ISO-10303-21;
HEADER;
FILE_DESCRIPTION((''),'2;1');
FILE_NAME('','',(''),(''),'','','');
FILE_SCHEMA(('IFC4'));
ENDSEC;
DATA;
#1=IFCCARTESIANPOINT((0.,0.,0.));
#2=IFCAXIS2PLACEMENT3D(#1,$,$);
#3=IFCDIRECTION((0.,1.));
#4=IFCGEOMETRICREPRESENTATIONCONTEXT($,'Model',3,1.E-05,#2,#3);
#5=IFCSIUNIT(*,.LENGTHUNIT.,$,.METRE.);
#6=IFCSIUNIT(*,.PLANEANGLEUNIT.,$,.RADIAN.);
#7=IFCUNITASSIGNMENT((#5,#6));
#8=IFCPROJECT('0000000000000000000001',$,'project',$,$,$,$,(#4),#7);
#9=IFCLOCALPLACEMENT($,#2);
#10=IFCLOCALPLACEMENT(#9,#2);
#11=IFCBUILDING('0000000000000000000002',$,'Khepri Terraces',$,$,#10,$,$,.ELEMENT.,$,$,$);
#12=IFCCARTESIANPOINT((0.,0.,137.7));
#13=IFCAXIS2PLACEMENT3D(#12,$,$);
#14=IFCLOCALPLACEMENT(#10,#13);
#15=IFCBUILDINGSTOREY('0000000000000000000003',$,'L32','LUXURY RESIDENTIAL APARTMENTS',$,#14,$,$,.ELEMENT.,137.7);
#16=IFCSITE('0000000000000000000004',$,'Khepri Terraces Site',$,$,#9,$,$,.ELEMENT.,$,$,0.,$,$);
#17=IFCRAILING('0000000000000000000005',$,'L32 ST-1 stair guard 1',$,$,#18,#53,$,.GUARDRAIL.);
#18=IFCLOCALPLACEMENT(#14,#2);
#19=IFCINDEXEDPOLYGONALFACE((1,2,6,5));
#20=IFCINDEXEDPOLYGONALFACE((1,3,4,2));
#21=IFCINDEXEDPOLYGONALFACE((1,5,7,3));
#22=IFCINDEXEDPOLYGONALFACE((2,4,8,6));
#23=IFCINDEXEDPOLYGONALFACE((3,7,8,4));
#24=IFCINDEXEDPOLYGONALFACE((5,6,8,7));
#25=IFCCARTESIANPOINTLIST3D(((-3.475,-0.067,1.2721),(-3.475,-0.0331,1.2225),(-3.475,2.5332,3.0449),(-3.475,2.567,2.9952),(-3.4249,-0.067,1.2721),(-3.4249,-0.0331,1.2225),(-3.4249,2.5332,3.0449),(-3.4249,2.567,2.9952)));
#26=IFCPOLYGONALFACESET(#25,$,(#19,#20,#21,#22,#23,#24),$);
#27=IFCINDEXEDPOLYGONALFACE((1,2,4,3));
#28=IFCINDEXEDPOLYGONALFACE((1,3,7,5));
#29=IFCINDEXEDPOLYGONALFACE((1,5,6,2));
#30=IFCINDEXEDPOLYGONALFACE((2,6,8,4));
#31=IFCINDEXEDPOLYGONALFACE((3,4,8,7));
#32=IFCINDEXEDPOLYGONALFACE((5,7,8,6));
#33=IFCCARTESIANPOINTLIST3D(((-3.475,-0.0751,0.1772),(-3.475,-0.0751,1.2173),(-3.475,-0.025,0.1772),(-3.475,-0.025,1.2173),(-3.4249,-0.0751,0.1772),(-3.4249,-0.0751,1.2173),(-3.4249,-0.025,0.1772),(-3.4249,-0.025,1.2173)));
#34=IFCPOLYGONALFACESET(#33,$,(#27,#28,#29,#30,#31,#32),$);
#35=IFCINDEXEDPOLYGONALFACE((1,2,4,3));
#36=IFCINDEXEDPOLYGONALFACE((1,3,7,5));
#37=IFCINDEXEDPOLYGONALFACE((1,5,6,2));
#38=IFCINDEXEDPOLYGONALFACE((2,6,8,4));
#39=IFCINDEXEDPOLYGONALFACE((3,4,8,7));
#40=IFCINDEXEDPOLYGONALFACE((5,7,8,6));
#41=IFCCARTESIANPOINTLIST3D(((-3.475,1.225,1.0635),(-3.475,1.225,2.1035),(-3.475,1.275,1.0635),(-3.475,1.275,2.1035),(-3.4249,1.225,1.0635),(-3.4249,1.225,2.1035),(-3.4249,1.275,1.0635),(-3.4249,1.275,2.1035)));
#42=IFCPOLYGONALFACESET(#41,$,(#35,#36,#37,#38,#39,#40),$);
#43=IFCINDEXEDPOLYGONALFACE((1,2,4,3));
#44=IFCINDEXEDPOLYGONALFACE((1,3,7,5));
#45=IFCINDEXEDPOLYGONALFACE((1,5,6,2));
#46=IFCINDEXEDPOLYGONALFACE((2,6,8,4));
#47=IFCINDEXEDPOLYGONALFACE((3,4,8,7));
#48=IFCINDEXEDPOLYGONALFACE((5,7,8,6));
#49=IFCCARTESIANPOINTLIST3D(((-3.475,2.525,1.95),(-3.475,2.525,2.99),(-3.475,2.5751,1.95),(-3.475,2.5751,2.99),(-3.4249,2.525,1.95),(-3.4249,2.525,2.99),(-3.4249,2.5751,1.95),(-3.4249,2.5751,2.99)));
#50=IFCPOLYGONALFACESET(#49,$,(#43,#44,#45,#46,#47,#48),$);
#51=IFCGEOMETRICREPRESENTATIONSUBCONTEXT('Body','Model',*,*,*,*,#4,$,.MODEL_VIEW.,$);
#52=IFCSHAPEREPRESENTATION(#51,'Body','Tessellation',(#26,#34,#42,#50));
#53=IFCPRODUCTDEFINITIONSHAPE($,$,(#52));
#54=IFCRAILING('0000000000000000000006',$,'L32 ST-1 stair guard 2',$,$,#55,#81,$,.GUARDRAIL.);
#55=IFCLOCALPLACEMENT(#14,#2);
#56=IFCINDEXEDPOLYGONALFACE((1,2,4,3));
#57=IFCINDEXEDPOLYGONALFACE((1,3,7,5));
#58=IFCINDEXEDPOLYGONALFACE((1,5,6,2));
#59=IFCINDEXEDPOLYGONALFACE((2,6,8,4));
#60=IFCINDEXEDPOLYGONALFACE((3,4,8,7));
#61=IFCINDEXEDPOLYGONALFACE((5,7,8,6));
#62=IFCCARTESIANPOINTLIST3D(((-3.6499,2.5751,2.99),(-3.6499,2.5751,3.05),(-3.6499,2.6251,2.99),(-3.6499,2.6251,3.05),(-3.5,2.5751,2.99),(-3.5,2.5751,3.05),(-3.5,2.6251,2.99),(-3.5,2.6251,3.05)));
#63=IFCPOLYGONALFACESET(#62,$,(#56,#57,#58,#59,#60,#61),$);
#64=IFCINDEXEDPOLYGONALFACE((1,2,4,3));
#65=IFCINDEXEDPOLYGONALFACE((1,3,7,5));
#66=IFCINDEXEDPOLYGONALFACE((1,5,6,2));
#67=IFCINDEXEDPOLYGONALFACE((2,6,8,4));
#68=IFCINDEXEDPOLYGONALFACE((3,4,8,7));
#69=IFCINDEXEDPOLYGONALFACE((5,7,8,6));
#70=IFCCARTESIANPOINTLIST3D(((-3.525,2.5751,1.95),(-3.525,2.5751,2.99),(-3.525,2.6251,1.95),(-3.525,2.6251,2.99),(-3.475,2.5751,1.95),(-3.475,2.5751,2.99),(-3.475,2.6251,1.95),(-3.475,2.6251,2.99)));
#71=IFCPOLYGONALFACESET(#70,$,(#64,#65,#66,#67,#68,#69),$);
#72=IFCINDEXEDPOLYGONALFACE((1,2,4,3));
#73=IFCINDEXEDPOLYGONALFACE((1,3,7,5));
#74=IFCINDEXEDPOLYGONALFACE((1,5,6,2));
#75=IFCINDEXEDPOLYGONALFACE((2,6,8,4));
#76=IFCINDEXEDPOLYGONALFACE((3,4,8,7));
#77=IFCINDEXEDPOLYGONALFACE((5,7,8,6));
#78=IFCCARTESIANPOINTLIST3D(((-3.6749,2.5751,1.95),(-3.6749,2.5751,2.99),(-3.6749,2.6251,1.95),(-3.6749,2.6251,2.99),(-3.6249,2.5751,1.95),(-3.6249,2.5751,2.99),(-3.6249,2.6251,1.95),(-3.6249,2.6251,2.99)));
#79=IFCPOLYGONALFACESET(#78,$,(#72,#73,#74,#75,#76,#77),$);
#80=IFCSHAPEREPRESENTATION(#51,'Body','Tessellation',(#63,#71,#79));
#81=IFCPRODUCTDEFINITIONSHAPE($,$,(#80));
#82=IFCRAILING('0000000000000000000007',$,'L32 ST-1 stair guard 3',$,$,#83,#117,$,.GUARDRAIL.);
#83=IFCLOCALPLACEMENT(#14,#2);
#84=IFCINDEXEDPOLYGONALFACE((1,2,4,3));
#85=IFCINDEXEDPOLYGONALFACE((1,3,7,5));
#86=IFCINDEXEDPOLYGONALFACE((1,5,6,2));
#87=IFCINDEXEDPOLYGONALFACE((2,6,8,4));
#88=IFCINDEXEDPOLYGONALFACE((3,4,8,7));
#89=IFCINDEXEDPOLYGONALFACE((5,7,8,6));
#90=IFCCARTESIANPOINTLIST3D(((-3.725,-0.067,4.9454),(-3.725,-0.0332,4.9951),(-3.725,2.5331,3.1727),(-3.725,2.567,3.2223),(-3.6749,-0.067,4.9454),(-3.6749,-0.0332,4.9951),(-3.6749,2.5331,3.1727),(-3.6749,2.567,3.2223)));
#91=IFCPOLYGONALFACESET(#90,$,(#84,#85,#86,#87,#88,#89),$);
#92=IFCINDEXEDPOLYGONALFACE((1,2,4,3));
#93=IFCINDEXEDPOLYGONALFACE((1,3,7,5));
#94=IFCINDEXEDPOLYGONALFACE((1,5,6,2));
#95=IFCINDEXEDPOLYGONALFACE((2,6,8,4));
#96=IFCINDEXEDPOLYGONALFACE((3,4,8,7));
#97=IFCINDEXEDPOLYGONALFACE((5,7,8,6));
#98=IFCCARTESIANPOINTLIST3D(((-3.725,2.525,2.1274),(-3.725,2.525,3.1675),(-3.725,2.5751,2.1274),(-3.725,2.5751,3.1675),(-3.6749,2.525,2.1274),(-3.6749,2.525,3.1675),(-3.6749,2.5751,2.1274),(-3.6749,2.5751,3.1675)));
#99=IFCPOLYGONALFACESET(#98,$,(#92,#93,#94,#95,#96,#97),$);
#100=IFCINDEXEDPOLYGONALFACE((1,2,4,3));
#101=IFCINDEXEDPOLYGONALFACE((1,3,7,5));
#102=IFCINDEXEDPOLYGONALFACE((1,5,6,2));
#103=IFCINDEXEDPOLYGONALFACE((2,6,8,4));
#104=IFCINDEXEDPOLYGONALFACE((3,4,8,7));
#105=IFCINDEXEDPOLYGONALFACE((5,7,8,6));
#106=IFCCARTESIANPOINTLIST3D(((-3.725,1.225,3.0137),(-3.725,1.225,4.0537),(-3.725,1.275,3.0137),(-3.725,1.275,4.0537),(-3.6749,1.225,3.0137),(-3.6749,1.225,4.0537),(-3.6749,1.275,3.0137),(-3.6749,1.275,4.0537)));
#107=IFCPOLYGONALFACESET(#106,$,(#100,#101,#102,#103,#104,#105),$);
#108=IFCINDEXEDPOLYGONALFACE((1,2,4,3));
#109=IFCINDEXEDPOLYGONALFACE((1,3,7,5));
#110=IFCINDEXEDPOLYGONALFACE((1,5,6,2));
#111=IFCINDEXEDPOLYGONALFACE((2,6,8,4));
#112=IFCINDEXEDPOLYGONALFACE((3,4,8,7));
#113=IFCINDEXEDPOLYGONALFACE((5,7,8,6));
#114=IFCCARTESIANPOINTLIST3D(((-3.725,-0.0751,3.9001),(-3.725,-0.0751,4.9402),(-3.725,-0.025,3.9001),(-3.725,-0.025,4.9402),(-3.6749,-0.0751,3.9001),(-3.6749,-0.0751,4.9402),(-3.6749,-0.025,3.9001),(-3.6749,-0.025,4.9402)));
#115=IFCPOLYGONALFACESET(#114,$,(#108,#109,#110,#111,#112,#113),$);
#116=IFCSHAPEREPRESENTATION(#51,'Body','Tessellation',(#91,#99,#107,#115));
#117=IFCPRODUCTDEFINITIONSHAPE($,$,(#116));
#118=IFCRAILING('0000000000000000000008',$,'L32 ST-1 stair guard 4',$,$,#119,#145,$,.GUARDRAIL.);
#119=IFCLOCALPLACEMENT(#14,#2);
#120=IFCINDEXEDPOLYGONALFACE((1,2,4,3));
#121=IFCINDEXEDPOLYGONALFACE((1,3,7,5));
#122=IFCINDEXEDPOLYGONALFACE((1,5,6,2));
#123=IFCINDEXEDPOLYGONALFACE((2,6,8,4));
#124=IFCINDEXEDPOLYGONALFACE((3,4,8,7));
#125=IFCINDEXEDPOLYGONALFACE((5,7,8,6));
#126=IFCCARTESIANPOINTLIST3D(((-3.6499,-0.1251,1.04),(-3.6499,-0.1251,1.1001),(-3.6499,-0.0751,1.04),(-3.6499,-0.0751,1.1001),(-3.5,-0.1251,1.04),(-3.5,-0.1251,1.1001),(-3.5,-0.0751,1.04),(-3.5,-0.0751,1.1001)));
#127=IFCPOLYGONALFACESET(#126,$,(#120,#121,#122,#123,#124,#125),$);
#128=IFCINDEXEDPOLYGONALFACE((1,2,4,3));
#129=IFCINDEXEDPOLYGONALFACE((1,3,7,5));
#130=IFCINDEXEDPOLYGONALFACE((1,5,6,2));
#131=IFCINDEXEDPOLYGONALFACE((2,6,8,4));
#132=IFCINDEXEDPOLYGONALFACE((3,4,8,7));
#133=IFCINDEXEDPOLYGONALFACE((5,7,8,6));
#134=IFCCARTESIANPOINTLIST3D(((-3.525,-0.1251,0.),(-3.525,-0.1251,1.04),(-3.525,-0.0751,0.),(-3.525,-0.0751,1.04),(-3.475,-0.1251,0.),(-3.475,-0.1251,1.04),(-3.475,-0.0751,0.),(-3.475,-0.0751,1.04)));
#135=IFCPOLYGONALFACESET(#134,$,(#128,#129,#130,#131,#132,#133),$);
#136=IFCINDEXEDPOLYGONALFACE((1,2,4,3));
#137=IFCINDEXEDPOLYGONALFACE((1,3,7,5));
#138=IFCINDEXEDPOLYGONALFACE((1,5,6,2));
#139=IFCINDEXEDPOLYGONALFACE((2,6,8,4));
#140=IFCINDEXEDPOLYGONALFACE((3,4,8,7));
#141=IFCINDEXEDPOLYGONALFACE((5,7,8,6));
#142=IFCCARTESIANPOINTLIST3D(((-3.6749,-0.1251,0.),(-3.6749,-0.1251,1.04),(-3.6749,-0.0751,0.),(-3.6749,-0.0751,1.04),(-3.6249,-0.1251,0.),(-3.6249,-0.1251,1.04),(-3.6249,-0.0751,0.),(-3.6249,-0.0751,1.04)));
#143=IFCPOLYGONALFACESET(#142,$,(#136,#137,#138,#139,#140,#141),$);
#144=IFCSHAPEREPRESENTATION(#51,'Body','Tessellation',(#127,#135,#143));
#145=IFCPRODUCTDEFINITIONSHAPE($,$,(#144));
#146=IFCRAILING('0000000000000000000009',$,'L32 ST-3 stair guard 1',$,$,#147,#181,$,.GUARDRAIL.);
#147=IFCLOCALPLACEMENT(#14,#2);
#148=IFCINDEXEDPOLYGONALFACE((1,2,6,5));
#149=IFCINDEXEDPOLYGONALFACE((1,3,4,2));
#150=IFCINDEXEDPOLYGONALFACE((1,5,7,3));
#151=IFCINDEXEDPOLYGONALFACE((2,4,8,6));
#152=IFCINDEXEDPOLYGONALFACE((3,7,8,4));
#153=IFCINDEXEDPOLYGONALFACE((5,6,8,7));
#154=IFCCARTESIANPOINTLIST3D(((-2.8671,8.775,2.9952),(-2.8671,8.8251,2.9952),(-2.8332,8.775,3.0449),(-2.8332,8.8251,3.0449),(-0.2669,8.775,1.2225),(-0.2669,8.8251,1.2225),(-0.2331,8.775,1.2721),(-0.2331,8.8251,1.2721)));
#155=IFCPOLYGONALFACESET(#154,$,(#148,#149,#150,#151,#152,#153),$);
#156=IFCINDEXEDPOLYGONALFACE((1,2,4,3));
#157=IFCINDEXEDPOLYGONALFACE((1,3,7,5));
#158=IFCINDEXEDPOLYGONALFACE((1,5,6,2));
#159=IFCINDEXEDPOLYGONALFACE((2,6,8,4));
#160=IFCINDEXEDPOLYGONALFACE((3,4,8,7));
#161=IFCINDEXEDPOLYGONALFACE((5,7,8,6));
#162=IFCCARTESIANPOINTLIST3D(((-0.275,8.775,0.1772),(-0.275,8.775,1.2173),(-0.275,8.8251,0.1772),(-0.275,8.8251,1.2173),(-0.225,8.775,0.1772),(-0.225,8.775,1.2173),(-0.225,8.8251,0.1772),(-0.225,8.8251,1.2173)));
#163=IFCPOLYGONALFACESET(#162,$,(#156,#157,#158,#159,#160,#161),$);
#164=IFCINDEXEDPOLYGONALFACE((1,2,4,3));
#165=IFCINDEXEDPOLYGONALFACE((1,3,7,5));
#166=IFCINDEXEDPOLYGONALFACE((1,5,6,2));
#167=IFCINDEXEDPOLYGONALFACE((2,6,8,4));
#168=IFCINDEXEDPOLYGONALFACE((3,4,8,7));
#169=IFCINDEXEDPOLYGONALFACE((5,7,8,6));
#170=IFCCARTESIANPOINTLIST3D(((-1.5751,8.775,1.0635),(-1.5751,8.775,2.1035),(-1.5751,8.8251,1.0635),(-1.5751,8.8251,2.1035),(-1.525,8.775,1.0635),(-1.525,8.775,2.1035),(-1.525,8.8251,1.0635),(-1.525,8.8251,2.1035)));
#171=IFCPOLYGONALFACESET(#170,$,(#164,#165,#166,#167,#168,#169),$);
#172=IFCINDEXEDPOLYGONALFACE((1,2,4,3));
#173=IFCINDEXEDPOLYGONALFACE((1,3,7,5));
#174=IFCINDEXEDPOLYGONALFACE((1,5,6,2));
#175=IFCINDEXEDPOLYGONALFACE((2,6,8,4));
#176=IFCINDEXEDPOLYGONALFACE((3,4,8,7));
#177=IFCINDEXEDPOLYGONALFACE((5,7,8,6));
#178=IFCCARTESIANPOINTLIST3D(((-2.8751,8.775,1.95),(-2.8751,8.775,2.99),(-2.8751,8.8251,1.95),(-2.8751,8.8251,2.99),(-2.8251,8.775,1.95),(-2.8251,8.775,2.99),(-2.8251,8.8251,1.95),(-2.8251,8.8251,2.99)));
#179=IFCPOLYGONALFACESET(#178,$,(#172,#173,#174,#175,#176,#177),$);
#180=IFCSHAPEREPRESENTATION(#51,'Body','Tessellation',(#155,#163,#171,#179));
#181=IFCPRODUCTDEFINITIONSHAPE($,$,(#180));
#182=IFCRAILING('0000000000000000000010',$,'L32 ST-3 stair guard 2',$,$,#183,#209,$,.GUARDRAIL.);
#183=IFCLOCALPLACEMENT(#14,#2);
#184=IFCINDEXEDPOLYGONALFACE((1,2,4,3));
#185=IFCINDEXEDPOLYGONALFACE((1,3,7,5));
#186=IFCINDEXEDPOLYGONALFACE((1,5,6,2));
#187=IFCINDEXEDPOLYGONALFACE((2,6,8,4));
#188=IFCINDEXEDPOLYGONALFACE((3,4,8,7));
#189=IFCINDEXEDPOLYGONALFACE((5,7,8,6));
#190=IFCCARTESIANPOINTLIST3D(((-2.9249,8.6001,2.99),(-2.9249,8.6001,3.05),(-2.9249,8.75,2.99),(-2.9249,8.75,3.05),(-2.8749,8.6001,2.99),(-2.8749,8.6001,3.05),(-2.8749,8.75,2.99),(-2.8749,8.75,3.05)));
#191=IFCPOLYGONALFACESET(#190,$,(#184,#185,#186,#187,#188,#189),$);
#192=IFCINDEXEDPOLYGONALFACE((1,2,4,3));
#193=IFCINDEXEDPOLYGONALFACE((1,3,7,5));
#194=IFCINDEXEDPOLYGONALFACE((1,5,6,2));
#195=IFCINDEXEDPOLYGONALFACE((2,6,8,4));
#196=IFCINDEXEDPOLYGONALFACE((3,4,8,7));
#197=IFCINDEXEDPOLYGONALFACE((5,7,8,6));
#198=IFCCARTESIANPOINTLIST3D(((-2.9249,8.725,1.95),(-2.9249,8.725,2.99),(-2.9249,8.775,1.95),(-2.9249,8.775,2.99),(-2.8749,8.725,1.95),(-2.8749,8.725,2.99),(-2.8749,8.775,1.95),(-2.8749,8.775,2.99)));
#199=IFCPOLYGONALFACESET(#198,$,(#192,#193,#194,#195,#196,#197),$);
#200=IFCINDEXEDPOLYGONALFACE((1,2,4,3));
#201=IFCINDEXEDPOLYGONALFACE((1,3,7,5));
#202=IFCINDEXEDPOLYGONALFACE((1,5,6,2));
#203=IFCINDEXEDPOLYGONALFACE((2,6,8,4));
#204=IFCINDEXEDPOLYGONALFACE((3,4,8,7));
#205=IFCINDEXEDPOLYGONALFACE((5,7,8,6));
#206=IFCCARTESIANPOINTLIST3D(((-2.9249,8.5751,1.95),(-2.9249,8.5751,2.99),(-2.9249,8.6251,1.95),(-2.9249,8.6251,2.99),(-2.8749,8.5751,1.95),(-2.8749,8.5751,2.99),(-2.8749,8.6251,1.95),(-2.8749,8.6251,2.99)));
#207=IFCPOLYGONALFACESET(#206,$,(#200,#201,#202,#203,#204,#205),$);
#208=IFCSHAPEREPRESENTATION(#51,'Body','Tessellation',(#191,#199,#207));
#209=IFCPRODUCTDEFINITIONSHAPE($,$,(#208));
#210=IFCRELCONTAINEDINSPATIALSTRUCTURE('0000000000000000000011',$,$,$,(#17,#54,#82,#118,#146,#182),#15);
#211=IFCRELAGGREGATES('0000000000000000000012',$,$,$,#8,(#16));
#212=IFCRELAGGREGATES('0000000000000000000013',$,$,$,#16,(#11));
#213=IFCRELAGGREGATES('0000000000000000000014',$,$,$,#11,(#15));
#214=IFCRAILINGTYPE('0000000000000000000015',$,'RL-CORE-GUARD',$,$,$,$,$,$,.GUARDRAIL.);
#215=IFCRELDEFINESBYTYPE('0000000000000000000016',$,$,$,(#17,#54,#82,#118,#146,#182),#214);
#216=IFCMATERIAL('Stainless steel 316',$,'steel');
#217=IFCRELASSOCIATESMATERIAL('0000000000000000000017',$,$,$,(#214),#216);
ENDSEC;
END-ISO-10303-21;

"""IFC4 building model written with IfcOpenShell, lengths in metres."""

from ifc_helpers import new_model, si_unit, direction, frame, origin, origin_2d, place, context, subcontext, project, spatial, rectangle, extrude, material, type_object, element, save


model = new_model("IFC4")

# Units and contexts
model_context = context("Model", 3, precision=1e-05, world=origin(), true_north=direction((0.0, 1.0)))
body_context = subcontext(model_context, "Body", "Model", "MODEL_VIEW")
ifc_project = project(units=[si_unit("LENGTHUNIT", "METRE"), si_unit("PLANEANGLEUNIT", "RADIAN")], contexts=[model_context])

# Site, building, storey
site_placement = place(None, origin())
site = spatial("IfcSite", under=ifc_project, at=site_placement, Name="Khepri Terraces Site", CompositionType="ELEMENT", RefElevation=0.0)
building_placement = place(site_placement, origin())
building = spatial("IfcBuilding", under=site, at=building_placement, Name="Khepri Terraces", CompositionType="ELEMENT")
storey_placement = place(building_placement, frame((0.0, 0.0, 137.7)))
storey = spatial("IfcBuildingStorey", under=building, at=storey_placement, Name="L32", Description="LUXURY RESIDENTIAL APARTMENTS", CompositionType="ELEMENT", Elevation=137.7)

# Railings
ifc_material_1 = material(Name="Stainless steel 316", Category="steel")
railing_type_1 = type_object("IfcRailingType", Name="RL-CORE-GUARD", PredefinedType="GUARDRAIL", material=ifc_material_1)
railing_1_placement = place(storey_placement, frame((-3.45, -0.05, 0.1772)))
element("IfcRailing", 1, at=railing_1_placement, inside=storey, type_object=railing_type_1, Name="L32 ST-1 stair guard 1", PredefinedType="GUARDRAIL", context=body_context, shape_type="SweptSolid", body=[
    extrude(rectangle(XDim=0.05, YDim=0.0601, at=origin_2d()), frame((0.0, 0.0, 1.0701), z_axis=(0.0, 0.82624, 0.563318), x_axis=(-1.0, 0.0, 0.0)), (0.0, 0.0, 1.0), 3.147),
    extrude(rectangle(XDim=0.05, YDim=0.05, at=origin_2d()), origin(), (0.0, 0.0, 1.0), 1.04),
    extrude(rectangle(XDim=0.05, YDim=0.05, at=origin_2d()), frame((0.0, 1.3, 0.8862)), (0.0, 0.0, 1.0), 1.04),
    extrude(rectangle(XDim=0.05, YDim=0.05, at=origin_2d()), frame((0.0, 2.6001, 1.7727)), (0.0, 0.0, 1.0), 1.04),
])
railing_2_placement = place(storey_placement, frame((-3.5, 2.6001, 1.95)))
element("IfcRailing", 2, at=railing_2_placement, inside=storey, type_object=railing_type_1, Name="L32 ST-1 stair guard 2", PredefinedType="GUARDRAIL", context=body_context, shape_type="SweptSolid", body=[
    extrude(rectangle(XDim=0.05, YDim=0.0601, at=origin_2d()), frame((0.0, 0.0, 1.0701), z_axis=(-1.0, 0.0, 0.0), x_axis=(0.0, -1.0, 0.0)), (0.0, 0.0, 1.0), 0.1499),
    extrude(rectangle(XDim=0.05, YDim=0.05, at=origin_2d()), origin(), (0.0, 0.0, 1.0), 1.04),
    extrude(rectangle(XDim=0.05, YDim=0.05, at=origin_2d()), frame((-0.1499, 0.0, 0.0)), (0.0, 0.0, 1.0), 1.04),
])
railing_3_placement = place(storey_placement, frame((-3.7, 2.55, 2.1274)))
element("IfcRailing", 3, at=railing_3_placement, inside=storey, type_object=railing_type_1, Name="L32 ST-1 stair guard 3", PredefinedType="GUARDRAIL", context=body_context, shape_type="SweptSolid", body=[
    extrude(rectangle(XDim=0.05, YDim=0.0601, at=origin_2d()), frame((0.0, 0.0, 1.0701), z_axis=(0.0, -0.82624, 0.563318), x_axis=(1.0, 0.0, 0.0)), (0.0, 0.0, 1.0), 3.147),
    extrude(rectangle(XDim=0.05, YDim=0.05, at=origin_2d()), origin(), (0.0, 0.0, 1.0), 1.04),
    extrude(rectangle(XDim=0.05, YDim=0.05, at=origin_2d()), frame((0.0, -1.3, 0.8862)), (0.0, 0.0, 1.0), 1.04),
    extrude(rectangle(XDim=0.05, YDim=0.05, at=origin_2d()), frame((0.0, -2.6001, 1.7727)), (0.0, 0.0, 1.0), 1.04),
])
railing_4_placement = place(storey_placement, frame((-3.5, -0.1001, 0.0)))
element("IfcRailing", 4, at=railing_4_placement, inside=storey, type_object=railing_type_1, Name="L32 ST-1 stair guard 4", PredefinedType="GUARDRAIL", context=body_context, shape_type="SweptSolid", body=[
    extrude(rectangle(XDim=0.05, YDim=0.0601, at=origin_2d()), frame((0.0, 0.0, 1.0701), z_axis=(-1.0, 0.0, 0.0), x_axis=(0.0, -1.0, 0.0)), (0.0, 0.0, 1.0), 0.1499),
    extrude(rectangle(XDim=0.05, YDim=0.05, at=origin_2d()), origin(), (0.0, 0.0, 1.0), 1.04),
    extrude(rectangle(XDim=0.05, YDim=0.05, at=origin_2d()), frame((-0.1499, 0.0, 0.0)), (0.0, 0.0, 1.0), 1.04),
])
railing_5_placement = place(storey_placement, frame((-0.25, 8.8, 0.1772)))
element("IfcRailing", 5, at=railing_5_placement, inside=storey, type_object=railing_type_1, Name="L32 ST-3 stair guard 1", PredefinedType="GUARDRAIL", context=body_context, shape_type="SweptSolid", body=[
    extrude(rectangle(XDim=0.05, YDim=0.0601, at=origin_2d()), frame((0.0, 0.0, 1.0701), z_axis=(-0.82624, 0.0, 0.563318), x_axis=(0.0, -1.0, 0.0)), (0.0, 0.0, 1.0), 3.147),
    extrude(rectangle(XDim=0.05, YDim=0.05, at=origin_2d()), origin(), (0.0, 0.0, 1.0), 1.04),
    extrude(rectangle(XDim=0.05, YDim=0.05, at=origin_2d()), frame((-1.3, 0.0, 0.8862)), (0.0, 0.0, 1.0), 1.04),
    extrude(rectangle(XDim=0.05, YDim=0.05, at=origin_2d()), frame((-2.6001, 0.0, 1.7727)), (0.0, 0.0, 1.0), 1.04),
])
railing_6_placement = place(storey_placement, frame((-2.8999, 8.75, 1.95)))
element("IfcRailing", 6, at=railing_6_placement, inside=storey, type_object=railing_type_1, Name="L32 ST-3 stair guard 2", PredefinedType="GUARDRAIL", context=body_context, shape_type="SweptSolid", body=[
    extrude(rectangle(XDim=0.05, YDim=0.0601, at=origin_2d()), frame((0.0, 0.0, 1.0701), z_axis=(0.0, -1.0, 0.0), x_axis=(1.0, 0.0, 0.0)), (0.0, 0.0, 1.0), 0.1499),
    extrude(rectangle(XDim=0.05, YDim=0.05, at=origin_2d()), origin(), (0.0, 0.0, 1.0), 1.04),
    extrude(rectangle(XDim=0.05, YDim=0.05, at=origin_2d()), frame((0.0, -0.1499, 0.0)), (0.0, 0.0, 1.0), 1.04),
])

save(model, "model.ifc")
